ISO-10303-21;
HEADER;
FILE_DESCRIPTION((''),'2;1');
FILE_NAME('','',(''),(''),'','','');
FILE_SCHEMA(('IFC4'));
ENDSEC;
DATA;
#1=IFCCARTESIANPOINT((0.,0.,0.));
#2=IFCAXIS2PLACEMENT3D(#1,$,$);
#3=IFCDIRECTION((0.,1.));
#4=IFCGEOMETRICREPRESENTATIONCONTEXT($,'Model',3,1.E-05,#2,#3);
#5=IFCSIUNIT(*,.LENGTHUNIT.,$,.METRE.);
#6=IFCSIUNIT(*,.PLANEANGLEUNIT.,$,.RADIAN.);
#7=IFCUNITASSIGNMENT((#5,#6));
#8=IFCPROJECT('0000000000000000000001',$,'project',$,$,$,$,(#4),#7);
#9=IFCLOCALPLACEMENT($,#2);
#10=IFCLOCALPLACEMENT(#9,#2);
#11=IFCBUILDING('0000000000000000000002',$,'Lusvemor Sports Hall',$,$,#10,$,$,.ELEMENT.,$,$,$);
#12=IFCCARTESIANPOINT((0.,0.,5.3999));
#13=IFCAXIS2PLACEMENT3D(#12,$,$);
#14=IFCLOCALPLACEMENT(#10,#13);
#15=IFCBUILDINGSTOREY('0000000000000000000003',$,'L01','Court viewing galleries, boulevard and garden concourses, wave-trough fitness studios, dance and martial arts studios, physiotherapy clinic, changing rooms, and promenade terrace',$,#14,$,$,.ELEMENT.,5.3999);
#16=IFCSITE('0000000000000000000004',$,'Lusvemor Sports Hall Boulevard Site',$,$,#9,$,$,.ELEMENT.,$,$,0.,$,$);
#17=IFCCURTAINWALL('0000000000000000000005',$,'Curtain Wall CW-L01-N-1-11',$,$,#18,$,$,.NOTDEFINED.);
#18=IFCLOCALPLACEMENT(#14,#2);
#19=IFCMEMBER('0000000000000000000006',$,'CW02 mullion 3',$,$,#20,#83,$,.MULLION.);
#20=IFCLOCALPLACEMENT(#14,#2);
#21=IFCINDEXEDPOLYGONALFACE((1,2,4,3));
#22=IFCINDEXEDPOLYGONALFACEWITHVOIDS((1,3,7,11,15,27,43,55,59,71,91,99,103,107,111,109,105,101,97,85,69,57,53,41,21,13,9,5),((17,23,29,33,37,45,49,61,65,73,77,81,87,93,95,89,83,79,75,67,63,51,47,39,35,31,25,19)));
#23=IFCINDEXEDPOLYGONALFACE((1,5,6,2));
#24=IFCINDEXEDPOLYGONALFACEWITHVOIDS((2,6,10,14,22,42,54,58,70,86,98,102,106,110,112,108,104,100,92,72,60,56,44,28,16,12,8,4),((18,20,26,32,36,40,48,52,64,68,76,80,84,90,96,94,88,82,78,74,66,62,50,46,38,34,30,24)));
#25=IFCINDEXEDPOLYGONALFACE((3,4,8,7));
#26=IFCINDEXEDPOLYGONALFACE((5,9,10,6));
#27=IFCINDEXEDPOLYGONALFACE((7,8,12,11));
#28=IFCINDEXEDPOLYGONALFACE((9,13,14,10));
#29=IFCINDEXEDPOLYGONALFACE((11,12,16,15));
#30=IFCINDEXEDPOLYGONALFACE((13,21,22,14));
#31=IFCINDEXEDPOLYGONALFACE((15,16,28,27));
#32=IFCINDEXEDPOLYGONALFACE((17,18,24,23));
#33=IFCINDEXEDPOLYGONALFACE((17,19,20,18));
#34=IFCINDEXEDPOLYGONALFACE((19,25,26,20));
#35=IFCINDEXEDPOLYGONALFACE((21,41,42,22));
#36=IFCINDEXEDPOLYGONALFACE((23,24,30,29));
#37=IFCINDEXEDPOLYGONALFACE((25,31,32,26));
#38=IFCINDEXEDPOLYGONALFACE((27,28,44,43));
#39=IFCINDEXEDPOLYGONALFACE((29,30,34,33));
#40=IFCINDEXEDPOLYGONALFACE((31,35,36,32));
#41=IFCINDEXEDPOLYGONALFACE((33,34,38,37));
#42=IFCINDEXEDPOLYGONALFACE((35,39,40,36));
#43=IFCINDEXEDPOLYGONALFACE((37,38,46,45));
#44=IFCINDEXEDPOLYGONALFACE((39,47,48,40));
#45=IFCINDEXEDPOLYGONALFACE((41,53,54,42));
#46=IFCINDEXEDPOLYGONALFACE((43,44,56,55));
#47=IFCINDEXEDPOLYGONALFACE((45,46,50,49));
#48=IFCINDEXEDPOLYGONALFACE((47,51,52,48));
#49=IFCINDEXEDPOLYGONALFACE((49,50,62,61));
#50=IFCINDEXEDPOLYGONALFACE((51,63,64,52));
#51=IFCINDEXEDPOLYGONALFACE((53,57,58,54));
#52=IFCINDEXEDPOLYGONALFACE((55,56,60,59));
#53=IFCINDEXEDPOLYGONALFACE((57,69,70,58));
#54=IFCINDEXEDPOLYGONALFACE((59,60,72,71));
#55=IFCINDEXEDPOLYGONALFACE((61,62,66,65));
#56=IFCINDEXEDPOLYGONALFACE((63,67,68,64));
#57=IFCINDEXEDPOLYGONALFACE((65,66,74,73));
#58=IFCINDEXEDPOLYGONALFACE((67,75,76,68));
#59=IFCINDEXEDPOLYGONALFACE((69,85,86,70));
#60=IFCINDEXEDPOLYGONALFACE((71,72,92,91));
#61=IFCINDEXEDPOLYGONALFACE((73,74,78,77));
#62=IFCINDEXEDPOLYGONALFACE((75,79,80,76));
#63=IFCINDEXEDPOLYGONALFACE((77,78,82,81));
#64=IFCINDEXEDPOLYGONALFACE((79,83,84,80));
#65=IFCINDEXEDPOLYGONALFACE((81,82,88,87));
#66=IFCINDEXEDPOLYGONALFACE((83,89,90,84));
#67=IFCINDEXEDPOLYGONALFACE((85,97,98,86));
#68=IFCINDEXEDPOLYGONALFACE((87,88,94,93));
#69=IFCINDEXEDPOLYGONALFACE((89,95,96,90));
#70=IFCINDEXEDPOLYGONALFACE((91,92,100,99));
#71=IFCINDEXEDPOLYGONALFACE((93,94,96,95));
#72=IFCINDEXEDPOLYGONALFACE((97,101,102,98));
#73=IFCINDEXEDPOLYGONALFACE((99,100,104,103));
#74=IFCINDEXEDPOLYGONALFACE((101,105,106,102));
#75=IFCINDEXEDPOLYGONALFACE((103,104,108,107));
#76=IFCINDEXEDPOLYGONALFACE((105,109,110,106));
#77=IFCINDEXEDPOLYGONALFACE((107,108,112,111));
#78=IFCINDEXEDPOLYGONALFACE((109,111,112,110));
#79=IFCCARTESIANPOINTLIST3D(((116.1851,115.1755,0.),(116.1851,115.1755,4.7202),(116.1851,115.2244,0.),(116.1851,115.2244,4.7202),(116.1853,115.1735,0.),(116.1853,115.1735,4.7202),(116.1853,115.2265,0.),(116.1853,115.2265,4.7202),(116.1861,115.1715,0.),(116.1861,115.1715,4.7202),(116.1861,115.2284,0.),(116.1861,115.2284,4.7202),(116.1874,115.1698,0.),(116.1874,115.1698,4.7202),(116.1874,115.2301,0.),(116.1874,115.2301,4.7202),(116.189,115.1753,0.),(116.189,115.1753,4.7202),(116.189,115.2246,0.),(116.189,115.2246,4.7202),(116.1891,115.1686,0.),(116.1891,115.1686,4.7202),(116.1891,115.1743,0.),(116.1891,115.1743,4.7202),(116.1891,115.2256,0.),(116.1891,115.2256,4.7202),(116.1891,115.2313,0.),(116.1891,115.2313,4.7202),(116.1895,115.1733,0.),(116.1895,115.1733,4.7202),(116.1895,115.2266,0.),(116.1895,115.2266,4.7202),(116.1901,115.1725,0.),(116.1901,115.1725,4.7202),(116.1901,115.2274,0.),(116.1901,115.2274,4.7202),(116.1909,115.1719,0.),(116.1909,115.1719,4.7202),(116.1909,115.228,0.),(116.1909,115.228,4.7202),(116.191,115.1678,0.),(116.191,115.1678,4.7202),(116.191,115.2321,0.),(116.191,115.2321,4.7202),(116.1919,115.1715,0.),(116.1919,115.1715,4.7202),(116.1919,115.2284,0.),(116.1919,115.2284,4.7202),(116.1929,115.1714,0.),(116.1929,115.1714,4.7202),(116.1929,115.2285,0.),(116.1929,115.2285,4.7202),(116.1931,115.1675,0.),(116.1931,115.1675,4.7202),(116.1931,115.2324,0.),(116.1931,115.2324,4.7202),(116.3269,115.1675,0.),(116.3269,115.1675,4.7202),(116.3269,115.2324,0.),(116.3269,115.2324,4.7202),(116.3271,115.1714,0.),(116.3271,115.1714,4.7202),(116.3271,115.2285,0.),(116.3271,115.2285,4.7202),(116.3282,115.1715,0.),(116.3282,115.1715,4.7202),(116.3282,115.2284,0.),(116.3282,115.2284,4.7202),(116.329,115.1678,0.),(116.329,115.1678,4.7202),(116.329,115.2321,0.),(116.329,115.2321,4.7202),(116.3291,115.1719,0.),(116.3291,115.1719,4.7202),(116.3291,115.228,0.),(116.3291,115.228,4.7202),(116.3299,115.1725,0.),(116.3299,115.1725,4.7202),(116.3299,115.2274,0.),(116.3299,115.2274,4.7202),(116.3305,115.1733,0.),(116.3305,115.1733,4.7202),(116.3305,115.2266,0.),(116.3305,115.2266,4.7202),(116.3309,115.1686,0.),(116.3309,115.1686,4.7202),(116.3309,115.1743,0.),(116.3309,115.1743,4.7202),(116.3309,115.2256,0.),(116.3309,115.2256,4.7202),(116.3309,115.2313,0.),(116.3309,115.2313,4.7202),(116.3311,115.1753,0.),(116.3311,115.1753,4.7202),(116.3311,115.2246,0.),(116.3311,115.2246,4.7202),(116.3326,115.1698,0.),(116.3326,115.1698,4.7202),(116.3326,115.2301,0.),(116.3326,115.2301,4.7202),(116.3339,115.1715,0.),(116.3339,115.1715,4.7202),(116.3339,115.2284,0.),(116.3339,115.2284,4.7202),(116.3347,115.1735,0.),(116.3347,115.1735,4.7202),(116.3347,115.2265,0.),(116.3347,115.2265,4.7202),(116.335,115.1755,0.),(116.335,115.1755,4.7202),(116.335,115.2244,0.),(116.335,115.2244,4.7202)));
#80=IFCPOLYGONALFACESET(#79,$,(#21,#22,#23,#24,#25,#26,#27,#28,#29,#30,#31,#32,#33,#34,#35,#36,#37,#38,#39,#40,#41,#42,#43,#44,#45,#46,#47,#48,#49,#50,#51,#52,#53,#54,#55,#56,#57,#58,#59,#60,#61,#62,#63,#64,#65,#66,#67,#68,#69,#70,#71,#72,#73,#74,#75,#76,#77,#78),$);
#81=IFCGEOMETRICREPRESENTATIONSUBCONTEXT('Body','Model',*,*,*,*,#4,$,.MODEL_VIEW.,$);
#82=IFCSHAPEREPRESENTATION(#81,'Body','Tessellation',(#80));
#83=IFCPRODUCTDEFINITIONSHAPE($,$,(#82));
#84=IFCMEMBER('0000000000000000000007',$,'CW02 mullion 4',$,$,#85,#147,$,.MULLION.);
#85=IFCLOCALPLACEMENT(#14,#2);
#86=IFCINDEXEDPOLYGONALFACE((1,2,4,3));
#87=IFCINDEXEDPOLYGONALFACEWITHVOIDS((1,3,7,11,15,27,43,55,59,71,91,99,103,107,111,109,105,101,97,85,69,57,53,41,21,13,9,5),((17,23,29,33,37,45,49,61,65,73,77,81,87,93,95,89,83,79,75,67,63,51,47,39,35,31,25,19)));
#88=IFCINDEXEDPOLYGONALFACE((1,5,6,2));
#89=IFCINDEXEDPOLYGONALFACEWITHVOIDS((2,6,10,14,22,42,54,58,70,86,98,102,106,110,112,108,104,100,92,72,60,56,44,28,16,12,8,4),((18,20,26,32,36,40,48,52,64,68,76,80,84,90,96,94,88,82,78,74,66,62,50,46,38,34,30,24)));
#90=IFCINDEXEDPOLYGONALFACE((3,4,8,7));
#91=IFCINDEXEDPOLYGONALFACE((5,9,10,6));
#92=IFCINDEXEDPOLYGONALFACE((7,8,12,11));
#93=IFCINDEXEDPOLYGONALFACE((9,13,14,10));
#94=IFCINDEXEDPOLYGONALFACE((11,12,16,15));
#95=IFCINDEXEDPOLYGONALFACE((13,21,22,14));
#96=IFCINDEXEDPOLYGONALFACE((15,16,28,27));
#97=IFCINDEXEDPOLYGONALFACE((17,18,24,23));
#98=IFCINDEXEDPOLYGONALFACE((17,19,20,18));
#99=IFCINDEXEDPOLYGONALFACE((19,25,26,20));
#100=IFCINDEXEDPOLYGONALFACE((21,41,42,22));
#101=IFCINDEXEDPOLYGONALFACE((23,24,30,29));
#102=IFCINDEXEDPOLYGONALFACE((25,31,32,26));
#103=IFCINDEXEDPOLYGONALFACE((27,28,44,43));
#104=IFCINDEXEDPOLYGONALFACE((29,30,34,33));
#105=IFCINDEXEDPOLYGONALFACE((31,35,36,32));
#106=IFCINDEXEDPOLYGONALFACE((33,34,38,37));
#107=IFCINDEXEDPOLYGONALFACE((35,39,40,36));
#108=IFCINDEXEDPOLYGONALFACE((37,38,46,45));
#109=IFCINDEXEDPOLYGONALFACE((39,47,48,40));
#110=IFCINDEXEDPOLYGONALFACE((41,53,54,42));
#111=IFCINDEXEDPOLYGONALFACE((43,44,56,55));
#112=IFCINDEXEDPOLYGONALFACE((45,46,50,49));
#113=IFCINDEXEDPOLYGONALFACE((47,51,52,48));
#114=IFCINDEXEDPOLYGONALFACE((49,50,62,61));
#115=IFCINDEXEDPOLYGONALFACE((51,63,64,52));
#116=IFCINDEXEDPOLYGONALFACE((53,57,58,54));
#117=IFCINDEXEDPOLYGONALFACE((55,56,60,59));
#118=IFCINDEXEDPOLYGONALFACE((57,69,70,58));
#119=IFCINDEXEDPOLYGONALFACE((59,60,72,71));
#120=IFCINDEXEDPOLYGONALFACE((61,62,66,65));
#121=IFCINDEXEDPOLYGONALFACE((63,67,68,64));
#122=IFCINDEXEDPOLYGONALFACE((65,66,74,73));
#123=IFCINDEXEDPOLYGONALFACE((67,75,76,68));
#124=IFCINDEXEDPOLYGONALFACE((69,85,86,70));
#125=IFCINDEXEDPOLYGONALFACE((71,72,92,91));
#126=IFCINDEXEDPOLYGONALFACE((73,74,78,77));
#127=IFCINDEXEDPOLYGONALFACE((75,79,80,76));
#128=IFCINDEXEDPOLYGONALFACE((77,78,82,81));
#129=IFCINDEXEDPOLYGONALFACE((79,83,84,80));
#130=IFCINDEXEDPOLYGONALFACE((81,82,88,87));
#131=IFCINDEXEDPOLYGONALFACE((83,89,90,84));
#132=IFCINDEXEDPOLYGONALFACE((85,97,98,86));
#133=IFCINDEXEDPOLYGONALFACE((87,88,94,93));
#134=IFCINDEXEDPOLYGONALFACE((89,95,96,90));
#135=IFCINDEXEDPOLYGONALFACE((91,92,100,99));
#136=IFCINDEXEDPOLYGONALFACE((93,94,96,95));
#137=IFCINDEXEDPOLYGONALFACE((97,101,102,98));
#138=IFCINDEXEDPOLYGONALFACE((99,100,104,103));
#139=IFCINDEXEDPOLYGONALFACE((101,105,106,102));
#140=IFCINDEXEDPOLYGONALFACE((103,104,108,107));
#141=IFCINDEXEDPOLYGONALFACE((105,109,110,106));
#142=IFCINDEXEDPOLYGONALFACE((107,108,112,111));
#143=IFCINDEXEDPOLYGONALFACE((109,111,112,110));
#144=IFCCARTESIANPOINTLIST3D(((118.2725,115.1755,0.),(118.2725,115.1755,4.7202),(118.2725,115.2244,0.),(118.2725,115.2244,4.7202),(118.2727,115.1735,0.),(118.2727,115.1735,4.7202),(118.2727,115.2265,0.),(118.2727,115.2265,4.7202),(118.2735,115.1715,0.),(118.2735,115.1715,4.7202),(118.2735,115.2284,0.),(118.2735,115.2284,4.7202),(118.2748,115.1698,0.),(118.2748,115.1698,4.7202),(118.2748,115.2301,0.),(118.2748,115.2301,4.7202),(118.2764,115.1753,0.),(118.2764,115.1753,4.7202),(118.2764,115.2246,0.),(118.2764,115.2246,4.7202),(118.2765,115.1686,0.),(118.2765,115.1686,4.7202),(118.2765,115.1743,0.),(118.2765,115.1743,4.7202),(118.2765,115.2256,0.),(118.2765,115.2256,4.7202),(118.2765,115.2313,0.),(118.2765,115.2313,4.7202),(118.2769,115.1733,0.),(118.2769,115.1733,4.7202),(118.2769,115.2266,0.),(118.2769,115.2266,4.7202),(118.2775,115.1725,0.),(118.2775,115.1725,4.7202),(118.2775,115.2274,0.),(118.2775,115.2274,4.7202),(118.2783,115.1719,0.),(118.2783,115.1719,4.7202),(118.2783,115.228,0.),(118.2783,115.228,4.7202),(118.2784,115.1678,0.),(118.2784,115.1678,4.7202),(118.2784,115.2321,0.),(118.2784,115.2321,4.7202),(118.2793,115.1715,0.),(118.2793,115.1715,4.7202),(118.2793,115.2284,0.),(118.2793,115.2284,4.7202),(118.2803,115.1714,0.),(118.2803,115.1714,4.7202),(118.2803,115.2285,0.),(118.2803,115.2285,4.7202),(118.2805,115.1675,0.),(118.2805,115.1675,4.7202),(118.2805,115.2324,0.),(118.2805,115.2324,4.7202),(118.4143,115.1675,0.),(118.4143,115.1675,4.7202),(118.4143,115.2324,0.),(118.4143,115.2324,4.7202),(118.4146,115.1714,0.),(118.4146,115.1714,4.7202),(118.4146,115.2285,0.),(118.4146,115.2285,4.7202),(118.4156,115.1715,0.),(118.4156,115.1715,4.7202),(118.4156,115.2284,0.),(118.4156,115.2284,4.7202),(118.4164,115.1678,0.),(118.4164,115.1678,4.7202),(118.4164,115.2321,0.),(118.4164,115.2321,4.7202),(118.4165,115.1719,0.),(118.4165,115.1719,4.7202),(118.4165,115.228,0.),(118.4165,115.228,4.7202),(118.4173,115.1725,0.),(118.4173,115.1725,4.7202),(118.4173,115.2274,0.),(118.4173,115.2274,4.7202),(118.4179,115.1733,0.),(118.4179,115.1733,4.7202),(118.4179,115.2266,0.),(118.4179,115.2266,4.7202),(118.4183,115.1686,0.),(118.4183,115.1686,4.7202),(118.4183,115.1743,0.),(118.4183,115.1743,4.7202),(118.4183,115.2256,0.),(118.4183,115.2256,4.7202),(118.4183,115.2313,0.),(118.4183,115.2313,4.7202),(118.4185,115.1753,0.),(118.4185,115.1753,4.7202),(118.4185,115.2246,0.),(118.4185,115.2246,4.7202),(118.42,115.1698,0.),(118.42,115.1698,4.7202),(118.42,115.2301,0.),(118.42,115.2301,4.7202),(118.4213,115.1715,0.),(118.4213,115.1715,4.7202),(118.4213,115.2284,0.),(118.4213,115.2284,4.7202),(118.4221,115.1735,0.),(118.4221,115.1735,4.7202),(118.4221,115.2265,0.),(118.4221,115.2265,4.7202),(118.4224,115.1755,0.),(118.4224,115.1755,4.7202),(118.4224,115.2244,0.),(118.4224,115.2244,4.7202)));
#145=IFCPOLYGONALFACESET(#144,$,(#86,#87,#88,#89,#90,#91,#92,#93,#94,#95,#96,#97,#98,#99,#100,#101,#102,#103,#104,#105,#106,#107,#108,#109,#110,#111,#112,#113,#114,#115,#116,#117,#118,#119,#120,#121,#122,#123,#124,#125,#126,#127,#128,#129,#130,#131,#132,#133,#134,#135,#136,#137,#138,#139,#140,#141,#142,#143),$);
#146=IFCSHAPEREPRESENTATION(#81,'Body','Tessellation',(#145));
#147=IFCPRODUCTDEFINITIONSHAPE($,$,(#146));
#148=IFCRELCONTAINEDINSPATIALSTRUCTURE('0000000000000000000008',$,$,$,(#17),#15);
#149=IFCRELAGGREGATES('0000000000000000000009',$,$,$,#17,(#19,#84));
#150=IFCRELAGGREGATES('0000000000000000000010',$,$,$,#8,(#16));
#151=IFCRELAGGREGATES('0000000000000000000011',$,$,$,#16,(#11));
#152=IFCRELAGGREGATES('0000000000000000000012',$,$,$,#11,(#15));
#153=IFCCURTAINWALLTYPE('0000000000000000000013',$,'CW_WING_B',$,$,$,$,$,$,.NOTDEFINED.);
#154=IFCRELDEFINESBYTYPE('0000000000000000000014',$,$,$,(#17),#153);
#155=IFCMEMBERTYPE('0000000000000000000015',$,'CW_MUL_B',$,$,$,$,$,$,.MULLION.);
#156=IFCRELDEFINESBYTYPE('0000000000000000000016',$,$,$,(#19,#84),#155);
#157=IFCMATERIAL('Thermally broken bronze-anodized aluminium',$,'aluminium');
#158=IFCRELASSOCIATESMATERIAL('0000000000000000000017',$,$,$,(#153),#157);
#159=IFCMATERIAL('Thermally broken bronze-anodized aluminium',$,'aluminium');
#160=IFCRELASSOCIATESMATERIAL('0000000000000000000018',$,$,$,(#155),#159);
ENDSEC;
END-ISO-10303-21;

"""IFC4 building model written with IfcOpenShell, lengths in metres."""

from ifc_helpers import new_model, si_unit, direction, frame, origin, origin_2d, place, context, subcontext, project, spatial, hollow_rectangle, extrude, material, material_profile, profile_set, type_object, element, aggregate, save


model = new_model("IFC4")

# Units and contexts
model_context = context("Model", 3, precision=1e-05, world=origin(), true_north=direction((0.0, 1.0)))
body_context = subcontext(model_context, "Body", "Model", "MODEL_VIEW")
ifc_project = project(units=[si_unit("LENGTHUNIT", "METRE"), si_unit("PLANEANGLEUNIT", "RADIAN")], contexts=[model_context])

# Site, building, storey
site_placement = place(None, origin())
site = spatial("IfcSite", under=ifc_project, at=site_placement, Name="Lusvemor Sports Hall Boulevard Site", CompositionType="ELEMENT", RefElevation=0.0)
building_placement = place(site_placement, origin())
building = spatial("IfcBuilding", under=site, at=building_placement, Name="Lusvemor Sports Hall", CompositionType="ELEMENT")
storey_placement = place(building_placement, frame((0.0, 0.0, 5.3999)))
storey = spatial("IfcBuildingStorey", under=building, at=storey_placement, Name="L01", Description="Court viewing galleries, boulevard and garden concourses, wave-trough fitness studios, dance and martial arts studios, physiotherapy clinic, changing rooms, and promenade terrace", CompositionType="ELEMENT", Elevation=5.3999)

# Curtain wall, members
ifc_material_1 = material(Name="Thermally broken bronze-anodized aluminium", Category="aluminium")
curtain_wall_type = type_object("IfcCurtainWallType", Name="CW_WING_B", PredefinedType="NOTDEFINED", material=ifc_material_1)
curtain_wall_placement = place(storey_placement, origin())
curtain_wall = element("IfcCurtainWall", 1, at=curtain_wall_placement, inside=storey, type_object=curtain_wall_type, Name="Curtain Wall CW-L01-N-1-11", PredefinedType="NOTDEFINED")
ifc_material_2 = material(Name="Thermally broken bronze-anodized aluminium", Category="aluminium")
ifc_material_profile_1 = material_profile(ifc_material_2, hollow_rectangle(XDim=0.0649, YDim=0.1499, WallThickness=0.0039, InnerFilletRadius=0.0039, OuterFilletRadius=0.0081, at=origin_2d()), Name="CWMUL150x65x4")
ifc_profile_set_1 = profile_set([ifc_material_profile_1], Name="Thermally broken bronze-anodized aluminium")
member_type_1 = type_object("IfcMemberType", Name="CW_MUL_B", PredefinedType="MULLION", material=ifc_profile_set_1)
member_1_placement = place(storey_placement, frame((116.26, 115.2, 0.0), z_axis=(0.0, 0.0, 1.0), x_axis=(0.0, 1.0, 0.0)))
member_1 = element("IfcMember", 2, at=member_1_placement, type_object=member_type_1, Name="CW02 mullion 3", PredefinedType="MULLION", context=body_context, shape_type="SweptSolid", body=[
    extrude(hollow_rectangle(XDim=0.0649, YDim=0.1499, WallThickness=0.0039, InnerFilletRadius=0.0039, OuterFilletRadius=0.0081, at=origin_2d()), origin(), (0.0, 0.0, 1.0), 4.7202),
])
member_2_placement = place(storey_placement, frame((118.3474, 115.2, 0.0), z_axis=(0.0, 0.0, 1.0), x_axis=(0.0, 1.0, 0.0)))
member_2 = element("IfcMember", 3, at=member_2_placement, type_object=member_type_1, Name="CW02 mullion 4", PredefinedType="MULLION", context=body_context, shape_type="SweptSolid", body=[
    extrude(hollow_rectangle(XDim=0.0649, YDim=0.1499, WallThickness=0.0039, InnerFilletRadius=0.0039, OuterFilletRadius=0.0081, at=origin_2d()), origin(), (0.0, 0.0, 1.0), 4.7202),
])

aggregate(curtain_wall, [member_1, member_2])

save(model, "model.ifc")
